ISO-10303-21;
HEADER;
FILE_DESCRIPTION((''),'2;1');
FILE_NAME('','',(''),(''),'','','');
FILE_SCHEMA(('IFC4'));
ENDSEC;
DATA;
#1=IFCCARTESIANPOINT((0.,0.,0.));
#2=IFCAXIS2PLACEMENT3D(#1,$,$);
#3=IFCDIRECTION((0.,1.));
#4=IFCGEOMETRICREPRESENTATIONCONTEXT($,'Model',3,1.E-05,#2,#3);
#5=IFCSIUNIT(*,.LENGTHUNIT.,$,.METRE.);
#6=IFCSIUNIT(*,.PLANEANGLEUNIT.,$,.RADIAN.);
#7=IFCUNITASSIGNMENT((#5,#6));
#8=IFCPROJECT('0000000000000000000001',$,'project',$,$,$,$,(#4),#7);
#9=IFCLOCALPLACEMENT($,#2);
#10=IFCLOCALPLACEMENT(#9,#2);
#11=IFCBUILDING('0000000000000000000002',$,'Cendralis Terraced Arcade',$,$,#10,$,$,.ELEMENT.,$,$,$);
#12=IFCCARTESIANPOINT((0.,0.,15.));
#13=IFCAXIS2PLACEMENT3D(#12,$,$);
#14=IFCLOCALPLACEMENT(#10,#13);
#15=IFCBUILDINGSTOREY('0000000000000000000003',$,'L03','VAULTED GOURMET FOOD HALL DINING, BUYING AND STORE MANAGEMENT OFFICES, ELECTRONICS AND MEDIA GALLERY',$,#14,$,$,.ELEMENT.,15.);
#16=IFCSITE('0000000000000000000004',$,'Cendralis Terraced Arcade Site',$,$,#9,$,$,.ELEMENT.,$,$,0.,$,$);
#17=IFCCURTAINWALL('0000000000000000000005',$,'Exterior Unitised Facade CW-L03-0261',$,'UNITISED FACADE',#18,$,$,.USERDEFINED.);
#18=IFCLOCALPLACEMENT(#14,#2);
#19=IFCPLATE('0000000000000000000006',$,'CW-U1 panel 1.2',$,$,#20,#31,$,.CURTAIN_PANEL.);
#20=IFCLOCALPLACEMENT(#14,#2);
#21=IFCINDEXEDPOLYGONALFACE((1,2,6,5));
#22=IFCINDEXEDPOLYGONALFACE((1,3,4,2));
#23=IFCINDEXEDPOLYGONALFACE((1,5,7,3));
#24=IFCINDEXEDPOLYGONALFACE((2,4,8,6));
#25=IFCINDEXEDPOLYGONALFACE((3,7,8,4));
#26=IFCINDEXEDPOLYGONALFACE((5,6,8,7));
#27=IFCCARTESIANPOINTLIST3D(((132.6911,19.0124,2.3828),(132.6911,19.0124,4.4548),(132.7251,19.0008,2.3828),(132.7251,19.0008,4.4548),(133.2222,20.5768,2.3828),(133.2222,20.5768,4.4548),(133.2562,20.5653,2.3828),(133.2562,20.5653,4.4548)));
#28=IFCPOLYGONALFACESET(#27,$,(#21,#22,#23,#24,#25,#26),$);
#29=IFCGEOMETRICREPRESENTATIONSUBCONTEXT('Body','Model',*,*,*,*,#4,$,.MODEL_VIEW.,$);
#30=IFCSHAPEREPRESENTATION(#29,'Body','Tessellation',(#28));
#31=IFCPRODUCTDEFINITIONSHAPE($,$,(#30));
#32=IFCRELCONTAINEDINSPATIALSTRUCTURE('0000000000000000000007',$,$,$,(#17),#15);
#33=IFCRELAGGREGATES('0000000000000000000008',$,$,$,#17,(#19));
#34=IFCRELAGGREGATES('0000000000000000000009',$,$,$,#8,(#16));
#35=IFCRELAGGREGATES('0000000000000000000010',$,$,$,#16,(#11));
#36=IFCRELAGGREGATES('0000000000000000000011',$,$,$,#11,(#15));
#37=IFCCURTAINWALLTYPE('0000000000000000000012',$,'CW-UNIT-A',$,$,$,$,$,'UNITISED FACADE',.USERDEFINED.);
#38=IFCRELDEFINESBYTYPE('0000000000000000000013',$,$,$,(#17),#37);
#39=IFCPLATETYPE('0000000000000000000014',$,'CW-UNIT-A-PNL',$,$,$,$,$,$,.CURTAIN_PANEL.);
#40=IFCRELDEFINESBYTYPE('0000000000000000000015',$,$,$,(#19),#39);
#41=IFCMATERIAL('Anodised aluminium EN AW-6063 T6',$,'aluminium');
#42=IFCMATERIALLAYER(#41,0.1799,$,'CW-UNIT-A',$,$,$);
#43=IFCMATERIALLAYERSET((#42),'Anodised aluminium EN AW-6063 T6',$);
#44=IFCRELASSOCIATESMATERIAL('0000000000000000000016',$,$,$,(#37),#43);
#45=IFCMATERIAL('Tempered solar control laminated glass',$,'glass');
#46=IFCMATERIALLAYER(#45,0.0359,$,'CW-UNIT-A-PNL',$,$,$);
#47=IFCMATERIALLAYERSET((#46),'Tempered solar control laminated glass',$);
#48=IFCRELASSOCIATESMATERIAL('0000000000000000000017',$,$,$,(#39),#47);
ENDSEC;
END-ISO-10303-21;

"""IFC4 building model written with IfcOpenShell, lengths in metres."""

from ifc_helpers import new_model, si_unit, direction, frame, origin, origin_2d, place, context, subcontext, project, spatial, rectangle, extrude, material, layer, layer_set, type_object, element, aggregate, save


model = new_model("IFC4")

# Units and contexts
model_context = context("Model", 3, precision=1e-05, world=origin(), true_north=direction((0.0, 1.0)))
body_context = subcontext(model_context, "Body", "Model", "MODEL_VIEW")
ifc_project = project(units=[si_unit("LENGTHUNIT", "METRE"), si_unit("PLANEANGLEUNIT", "RADIAN")], contexts=[model_context])

# Site, building, storey
site_placement = place(None, origin())
site = spatial("IfcSite", under=ifc_project, at=site_placement, Name="Cendralis Terraced Arcade Site", CompositionType="ELEMENT", RefElevation=0.0)
building_placement = place(site_placement, origin())
building = spatial("IfcBuilding", under=site, at=building_placement, Name="Cendralis Terraced Arcade", CompositionType="ELEMENT")
storey_placement = place(building_placement, frame((0.0, 0.0, 15.0)))
storey = spatial("IfcBuildingStorey", under=building, at=storey_placement, Name="L03", Description="VAULTED GOURMET FOOD HALL DINING, BUYING AND STORE MANAGEMENT OFFICES, ELECTRONICS AND MEDIA GALLERY", CompositionType="ELEMENT", Elevation=15.0)

# Shared definitions
ifc_material_1 = material(Name="Anodised aluminium EN AW-6063 T6", Category="aluminium")
ifc_layer_1 = layer(ifc_material_1, 0.1799, Name="CW-UNIT-A")
ifc_layer_set_1 = layer_set([ifc_layer_1], Name="Anodised aluminium EN AW-6063 T6")
curtain_wall_type_1 = type_object("IfcCurtainWallType", Name="CW-UNIT-A", ElementType="UNITISED FACADE", PredefinedType="USERDEFINED", material=ifc_layer_set_1)

# Curtain wall
curtain_wall_1_placement = place(storey_placement, origin())
curtain_wall_1 = element("IfcCurtainWall", 1, at=curtain_wall_1_placement, inside=storey, type_object=curtain_wall_type_1, Name="Exterior Unitised Facade CW-L03-0261", ObjectType="UNITISED FACADE", PredefinedType="USERDEFINED")

# Plate
ifc_material_2 = material(Name="Tempered solar control laminated glass", Category="glass")
ifc_layer_2 = layer(ifc_material_2, 0.0359, Name="CW-UNIT-A-PNL")
ifc_layer_set_2 = layer_set([ifc_layer_2], Name="Tempered solar control laminated glass")
plate_type_1 = type_object("IfcPlateType", Name="CW-UNIT-A-PNL", PredefinedType="CURTAIN_PANEL", material=ifc_layer_set_2)
plate_1_placement = place(storey_placement, frame((132.9736, 19.7888, 2.3828), z_axis=(0.0, 0.0, 1.0), x_axis=(-0.321458, -0.946924, 0.0)))
plate_1 = element("IfcPlate", 2, at=plate_1_placement, type_object=plate_type_1, Name="CW-U1 panel 1.2", PredefinedType="CURTAIN_PANEL", context=body_context, shape_type="SweptSolid", body=[
    extrude(rectangle(XDim=1.6521, YDim=0.0359, at=origin_2d()), origin(), (0.0, 0.0, 1.0), 2.072),
])
aggregate(curtain_wall_1, [plate_1])

save(model, "model.ifc")
